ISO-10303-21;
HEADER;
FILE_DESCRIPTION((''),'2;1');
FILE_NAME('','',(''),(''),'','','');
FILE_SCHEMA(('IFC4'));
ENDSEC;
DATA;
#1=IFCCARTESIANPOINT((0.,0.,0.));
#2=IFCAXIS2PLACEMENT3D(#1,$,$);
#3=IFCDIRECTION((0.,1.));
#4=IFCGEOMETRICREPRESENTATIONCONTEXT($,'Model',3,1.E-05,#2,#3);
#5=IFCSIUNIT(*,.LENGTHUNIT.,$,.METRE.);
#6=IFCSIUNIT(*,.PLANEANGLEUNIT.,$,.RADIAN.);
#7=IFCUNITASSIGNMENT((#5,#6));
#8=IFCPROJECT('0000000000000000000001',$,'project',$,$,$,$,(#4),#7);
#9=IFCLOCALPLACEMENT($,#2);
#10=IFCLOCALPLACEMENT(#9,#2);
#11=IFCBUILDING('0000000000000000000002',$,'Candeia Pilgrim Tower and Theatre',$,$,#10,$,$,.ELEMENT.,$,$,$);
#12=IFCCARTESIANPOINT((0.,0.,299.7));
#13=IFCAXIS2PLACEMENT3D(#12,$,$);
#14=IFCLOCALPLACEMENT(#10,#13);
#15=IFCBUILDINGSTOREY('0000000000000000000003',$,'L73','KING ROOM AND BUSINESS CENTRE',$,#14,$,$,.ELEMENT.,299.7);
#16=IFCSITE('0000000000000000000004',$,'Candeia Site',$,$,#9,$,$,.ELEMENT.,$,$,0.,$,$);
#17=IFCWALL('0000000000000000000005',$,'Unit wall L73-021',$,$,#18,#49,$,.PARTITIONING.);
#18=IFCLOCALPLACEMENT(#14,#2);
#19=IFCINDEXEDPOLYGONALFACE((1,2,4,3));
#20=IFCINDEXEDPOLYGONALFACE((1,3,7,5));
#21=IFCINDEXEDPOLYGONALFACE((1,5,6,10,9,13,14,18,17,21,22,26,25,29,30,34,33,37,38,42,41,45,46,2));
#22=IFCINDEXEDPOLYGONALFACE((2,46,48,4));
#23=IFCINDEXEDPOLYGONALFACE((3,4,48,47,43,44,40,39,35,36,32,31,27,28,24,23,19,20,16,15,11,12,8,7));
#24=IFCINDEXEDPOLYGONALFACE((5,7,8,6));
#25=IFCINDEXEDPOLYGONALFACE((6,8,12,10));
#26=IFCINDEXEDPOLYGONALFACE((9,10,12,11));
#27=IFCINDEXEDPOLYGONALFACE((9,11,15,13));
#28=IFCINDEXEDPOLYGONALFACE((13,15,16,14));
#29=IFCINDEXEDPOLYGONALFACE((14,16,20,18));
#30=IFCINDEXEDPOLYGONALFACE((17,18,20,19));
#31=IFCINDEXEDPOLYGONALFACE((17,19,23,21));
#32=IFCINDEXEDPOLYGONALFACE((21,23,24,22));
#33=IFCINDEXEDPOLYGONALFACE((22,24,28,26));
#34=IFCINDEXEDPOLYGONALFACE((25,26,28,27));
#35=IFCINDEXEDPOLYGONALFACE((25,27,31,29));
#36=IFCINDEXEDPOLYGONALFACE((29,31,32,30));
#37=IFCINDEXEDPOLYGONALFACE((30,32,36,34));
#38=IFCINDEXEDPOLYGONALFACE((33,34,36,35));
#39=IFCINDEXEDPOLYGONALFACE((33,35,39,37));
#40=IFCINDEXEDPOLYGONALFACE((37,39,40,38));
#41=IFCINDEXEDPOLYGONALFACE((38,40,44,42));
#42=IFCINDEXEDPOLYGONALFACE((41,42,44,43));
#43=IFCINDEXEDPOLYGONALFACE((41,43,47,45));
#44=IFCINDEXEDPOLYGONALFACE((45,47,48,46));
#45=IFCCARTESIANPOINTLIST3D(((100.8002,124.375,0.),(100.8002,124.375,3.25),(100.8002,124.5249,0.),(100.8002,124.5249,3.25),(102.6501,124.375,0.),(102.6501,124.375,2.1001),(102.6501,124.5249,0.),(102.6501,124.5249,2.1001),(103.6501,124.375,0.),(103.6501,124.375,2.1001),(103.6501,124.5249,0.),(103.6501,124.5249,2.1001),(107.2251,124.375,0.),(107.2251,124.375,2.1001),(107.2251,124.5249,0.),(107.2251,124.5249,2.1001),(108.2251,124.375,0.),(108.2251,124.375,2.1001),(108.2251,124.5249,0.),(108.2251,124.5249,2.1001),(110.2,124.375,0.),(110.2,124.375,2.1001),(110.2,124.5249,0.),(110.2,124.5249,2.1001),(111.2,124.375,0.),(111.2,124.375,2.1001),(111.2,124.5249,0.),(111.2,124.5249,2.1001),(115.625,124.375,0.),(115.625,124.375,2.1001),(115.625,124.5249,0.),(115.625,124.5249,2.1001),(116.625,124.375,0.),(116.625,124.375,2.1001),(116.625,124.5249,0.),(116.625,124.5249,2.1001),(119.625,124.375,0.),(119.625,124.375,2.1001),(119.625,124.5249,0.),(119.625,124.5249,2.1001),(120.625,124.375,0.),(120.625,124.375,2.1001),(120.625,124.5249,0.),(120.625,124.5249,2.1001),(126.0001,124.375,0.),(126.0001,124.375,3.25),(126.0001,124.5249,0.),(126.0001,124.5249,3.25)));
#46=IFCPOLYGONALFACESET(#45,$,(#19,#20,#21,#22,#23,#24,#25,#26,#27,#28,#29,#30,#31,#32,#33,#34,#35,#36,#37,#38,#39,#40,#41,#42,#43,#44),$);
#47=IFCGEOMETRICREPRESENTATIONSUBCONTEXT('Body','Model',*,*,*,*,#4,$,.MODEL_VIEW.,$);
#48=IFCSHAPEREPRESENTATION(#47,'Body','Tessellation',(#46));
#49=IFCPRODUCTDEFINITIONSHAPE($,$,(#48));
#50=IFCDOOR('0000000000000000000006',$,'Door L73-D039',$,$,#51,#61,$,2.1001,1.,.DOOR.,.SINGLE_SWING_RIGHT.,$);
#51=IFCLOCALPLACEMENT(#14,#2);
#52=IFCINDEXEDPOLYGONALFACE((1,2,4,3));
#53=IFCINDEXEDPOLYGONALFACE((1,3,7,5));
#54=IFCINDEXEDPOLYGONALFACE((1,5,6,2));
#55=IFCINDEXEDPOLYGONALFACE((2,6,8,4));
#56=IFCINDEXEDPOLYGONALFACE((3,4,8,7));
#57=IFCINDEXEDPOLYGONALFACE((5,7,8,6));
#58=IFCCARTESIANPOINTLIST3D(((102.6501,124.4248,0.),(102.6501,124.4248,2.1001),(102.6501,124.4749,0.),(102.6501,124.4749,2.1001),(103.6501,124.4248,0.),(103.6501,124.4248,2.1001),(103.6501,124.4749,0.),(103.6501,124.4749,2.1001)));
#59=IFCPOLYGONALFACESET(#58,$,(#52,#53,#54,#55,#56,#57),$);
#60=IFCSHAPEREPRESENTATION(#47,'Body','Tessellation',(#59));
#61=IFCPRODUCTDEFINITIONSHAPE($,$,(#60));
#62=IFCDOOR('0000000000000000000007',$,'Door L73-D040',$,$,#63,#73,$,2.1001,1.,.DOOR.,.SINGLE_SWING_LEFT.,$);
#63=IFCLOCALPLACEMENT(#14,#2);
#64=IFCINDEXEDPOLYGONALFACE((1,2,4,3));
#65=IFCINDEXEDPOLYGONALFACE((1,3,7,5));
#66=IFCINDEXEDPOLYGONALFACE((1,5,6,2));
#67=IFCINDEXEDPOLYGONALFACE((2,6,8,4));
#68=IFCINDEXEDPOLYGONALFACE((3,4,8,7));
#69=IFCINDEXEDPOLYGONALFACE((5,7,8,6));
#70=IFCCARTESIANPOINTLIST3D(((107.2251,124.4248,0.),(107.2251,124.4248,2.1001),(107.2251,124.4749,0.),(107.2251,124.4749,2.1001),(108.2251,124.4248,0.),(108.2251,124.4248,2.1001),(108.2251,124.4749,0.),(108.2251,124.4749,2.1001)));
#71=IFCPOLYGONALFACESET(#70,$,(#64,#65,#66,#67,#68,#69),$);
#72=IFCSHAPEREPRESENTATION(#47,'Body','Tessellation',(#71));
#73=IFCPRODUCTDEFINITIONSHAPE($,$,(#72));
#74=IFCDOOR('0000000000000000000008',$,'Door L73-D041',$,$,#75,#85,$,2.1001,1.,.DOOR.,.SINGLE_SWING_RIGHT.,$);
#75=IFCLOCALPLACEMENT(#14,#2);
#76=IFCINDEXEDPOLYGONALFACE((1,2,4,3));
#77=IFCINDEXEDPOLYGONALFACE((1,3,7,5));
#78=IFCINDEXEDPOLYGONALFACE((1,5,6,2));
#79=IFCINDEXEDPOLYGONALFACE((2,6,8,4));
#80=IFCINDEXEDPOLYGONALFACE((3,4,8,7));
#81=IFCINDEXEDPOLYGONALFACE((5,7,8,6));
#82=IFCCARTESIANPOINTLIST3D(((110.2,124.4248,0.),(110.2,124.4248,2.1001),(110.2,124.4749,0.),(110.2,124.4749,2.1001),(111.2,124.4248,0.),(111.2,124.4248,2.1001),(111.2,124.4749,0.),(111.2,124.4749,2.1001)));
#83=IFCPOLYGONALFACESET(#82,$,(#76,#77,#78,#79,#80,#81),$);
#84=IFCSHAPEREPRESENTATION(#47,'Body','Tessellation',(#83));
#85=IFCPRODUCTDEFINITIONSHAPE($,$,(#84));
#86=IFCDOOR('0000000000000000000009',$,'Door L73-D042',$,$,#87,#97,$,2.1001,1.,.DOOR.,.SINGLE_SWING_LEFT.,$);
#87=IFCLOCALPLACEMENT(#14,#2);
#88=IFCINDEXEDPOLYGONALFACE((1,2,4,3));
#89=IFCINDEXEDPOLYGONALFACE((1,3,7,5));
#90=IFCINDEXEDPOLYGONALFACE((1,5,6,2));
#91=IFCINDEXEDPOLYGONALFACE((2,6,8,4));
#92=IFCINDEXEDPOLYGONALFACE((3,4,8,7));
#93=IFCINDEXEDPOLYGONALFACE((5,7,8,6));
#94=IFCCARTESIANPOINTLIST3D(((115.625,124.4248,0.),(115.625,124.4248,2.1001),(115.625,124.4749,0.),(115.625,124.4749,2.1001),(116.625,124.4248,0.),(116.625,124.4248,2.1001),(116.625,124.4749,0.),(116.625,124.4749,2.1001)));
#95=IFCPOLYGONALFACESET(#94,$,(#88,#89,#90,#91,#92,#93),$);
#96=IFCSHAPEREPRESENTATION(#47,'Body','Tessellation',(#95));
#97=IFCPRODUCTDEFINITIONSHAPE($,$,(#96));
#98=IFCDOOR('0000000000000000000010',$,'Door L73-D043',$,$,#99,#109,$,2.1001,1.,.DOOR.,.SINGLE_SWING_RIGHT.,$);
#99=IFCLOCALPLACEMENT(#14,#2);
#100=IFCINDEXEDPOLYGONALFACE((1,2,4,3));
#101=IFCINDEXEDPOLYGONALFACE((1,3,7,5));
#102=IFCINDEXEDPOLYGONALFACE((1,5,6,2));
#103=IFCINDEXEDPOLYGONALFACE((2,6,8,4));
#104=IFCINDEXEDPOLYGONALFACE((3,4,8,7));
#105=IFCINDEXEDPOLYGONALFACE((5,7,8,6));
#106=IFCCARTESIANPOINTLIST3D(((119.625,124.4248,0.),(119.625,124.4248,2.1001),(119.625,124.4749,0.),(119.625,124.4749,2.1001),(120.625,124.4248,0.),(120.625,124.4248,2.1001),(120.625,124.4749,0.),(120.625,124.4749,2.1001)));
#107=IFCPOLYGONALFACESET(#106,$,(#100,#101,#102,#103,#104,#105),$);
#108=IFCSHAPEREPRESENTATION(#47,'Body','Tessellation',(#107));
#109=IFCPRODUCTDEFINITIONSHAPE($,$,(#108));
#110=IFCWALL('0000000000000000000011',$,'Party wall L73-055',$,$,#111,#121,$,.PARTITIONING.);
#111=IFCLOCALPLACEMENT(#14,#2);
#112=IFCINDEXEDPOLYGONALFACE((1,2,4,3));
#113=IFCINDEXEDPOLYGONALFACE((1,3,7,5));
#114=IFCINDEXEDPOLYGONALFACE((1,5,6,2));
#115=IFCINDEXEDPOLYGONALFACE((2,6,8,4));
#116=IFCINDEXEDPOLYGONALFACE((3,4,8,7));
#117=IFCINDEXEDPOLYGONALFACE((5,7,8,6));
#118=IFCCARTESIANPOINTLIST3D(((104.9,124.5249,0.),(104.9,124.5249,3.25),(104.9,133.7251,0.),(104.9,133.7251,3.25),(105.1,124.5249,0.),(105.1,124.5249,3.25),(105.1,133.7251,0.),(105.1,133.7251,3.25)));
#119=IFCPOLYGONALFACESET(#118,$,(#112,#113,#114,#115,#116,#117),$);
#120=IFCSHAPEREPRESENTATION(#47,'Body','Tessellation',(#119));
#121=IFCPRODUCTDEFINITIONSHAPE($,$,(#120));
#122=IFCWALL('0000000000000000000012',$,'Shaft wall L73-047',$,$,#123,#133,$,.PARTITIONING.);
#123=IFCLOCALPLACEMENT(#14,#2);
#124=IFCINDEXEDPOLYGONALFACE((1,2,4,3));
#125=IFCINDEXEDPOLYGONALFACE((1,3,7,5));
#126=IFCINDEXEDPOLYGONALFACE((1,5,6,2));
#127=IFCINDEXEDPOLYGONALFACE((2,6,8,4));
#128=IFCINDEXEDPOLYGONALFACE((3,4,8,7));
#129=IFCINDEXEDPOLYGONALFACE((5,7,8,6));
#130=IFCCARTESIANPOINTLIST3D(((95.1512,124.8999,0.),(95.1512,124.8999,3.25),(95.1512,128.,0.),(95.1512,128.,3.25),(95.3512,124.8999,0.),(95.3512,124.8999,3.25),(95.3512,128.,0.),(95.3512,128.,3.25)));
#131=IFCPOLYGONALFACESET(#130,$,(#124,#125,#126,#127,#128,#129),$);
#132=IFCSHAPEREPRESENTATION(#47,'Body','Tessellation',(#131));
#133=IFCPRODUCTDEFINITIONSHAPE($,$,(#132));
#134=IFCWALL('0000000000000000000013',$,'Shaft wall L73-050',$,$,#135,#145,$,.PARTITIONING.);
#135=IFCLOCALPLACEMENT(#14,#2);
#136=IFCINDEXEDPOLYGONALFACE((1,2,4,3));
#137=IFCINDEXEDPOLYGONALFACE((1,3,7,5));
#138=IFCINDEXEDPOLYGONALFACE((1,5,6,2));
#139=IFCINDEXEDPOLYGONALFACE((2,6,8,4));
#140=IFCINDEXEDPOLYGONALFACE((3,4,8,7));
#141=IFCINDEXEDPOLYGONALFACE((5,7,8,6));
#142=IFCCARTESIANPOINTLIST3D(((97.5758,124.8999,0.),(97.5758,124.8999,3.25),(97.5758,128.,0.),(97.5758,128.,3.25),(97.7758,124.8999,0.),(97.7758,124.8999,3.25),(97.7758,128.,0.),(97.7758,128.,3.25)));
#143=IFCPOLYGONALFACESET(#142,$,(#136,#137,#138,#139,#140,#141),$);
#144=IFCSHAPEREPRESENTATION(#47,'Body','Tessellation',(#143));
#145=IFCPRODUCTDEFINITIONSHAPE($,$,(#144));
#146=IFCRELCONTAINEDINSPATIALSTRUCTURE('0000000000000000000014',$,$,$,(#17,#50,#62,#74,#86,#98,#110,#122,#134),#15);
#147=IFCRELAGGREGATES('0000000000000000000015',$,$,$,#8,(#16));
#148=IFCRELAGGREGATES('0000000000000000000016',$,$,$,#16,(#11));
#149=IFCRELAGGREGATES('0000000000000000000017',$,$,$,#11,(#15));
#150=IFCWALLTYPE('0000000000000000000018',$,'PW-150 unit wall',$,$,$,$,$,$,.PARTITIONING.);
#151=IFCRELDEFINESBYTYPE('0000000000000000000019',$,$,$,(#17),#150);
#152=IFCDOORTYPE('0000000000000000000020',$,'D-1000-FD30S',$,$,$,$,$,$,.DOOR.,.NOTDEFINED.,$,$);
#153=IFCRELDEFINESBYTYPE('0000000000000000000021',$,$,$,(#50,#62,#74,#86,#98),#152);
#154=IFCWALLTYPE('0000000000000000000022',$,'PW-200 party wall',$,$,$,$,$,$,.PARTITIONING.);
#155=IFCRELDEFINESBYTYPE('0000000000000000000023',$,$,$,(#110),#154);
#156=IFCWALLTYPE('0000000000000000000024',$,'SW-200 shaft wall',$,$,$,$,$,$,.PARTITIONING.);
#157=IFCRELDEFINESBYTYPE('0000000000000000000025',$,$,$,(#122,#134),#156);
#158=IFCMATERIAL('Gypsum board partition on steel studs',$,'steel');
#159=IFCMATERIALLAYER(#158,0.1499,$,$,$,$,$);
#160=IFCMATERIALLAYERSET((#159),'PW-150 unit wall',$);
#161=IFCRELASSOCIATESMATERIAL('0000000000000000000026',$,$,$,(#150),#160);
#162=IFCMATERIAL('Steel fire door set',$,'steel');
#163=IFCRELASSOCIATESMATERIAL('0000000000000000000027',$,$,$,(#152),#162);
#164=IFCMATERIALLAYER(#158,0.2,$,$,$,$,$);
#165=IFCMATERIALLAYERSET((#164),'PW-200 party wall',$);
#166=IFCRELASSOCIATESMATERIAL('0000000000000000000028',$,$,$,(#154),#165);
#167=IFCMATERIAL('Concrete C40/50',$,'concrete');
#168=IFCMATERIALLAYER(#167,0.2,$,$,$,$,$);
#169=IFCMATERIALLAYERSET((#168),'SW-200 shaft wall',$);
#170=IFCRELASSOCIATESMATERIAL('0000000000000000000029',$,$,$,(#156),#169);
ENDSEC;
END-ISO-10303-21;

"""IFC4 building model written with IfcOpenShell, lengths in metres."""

from ifc_helpers import new_model, si_unit, direction, frame, frame_2d, origin, place, context, subcontext, project, spatial, rectangle, extrude, material, layer, layer_set, type_object, element, fill, save


model = new_model("IFC4")

# Units and contexts
model_context = context("Model", 3, precision=1e-05, world=origin(), true_north=direction((0.0, 1.0)))
body_context = subcontext(model_context, "Body", "Model", "MODEL_VIEW")
ifc_project = project(units=[si_unit("LENGTHUNIT", "METRE"), si_unit("PLANEANGLEUNIT", "RADIAN")], contexts=[model_context])

# Site, building, storey
site_placement = place(None, origin())
site = spatial("IfcSite", under=ifc_project, at=site_placement, Name="Candeia Site", CompositionType="ELEMENT", RefElevation=0.0)
building_placement = place(site_placement, origin())
building = spatial("IfcBuilding", under=site, at=building_placement, Name="Candeia Pilgrim Tower and Theatre", CompositionType="ELEMENT")
storey_placement = place(building_placement, frame((0.0, 0.0, 299.7)))
storey = spatial("IfcBuildingStorey", under=building, at=storey_placement, Name="L73", Description="KING ROOM AND BUSINESS CENTRE", CompositionType="ELEMENT", Elevation=299.7)

# Shared definitions
ifc_material_1 = material(Name="Gypsum board partition on steel studs", Category="steel")

# Wall, openings, doors
ifc_layer_1 = layer(ifc_material_1, 0.1499)
ifc_layer_set_1 = layer_set([ifc_layer_1], Name="PW-150 unit wall")
wall_type_1 = type_object("IfcWallType", Name="PW-150 unit wall", PredefinedType="PARTITIONING", material=ifc_layer_set_1)
ifc_material_2 = material(Name="Steel fire door set", Category="steel")
door_type_1 = type_object("IfcDoorType", Name="D-1000-FD30S", OperationType="NOTDEFINED", PredefinedType="DOOR", material=ifc_material_2)
wall_1_placement = place(storey_placement, frame((100.8, 124.45, 0.0), z_axis=(0.0, 0.0, 1.0), x_axis=(1.0, 0.0, 0.0)))
wall_1 = element("IfcWall", 1, at=wall_1_placement, inside=storey, type_object=wall_type_1, Name="Unit wall L73-021", PredefinedType="PARTITIONING", context=body_context, shape_type="SweptSolid", body=[
    extrude(rectangle(XDim=25.2, YDim=0.1499, at=frame_2d((12.6001, 0.0))), origin(), (0.0, 0.0, 1.0), 3.25),
])
opening_1_placement = place(wall_1_placement, frame((1.8501, 0.0, 0.0)))
opening_1 = element("IfcOpeningElement", 2, at=opening_1_placement, cuts=wall_1, PredefinedType="OPENING", context=body_context, shape_type="SweptSolid", body=[
    extrude(rectangle(XDim=1.0, YDim=2.1001, at=frame_2d((0.5, 1.05))), frame((0.0, 0.085, 0.0), z_axis=(0.0, -1.0, 0.0), x_axis=(1.0, 0.0, 0.0)), (0.0, 0.0, 1.0), 0.1699),
])
opening_2_placement = place(wall_1_placement, frame((6.425, 0.0, 0.0)))
opening_2 = element("IfcOpeningElement", 3, at=opening_2_placement, cuts=wall_1, PredefinedType="OPENING", context=body_context, shape_type="SweptSolid", body=[
    extrude(rectangle(XDim=1.0, YDim=2.1001, at=frame_2d((0.5, 1.05))), frame((0.0, 0.085, 0.0), z_axis=(0.0, -1.0, 0.0), x_axis=(1.0, 0.0, 0.0)), (0.0, 0.0, 1.0), 0.1699),
])
opening_3_placement = place(wall_1_placement, frame((9.3999, 0.0, 0.0)))
opening_3 = element("IfcOpeningElement", 4, at=opening_3_placement, cuts=wall_1, PredefinedType="OPENING", context=body_context, shape_type="SweptSolid", body=[
    extrude(rectangle(XDim=1.0, YDim=2.1001, at=frame_2d((0.5, 1.05))), frame((0.0, 0.085, 0.0), z_axis=(0.0, -1.0, 0.0), x_axis=(1.0, 0.0, 0.0)), (0.0, 0.0, 1.0), 0.1699),
])
opening_4_placement = place(wall_1_placement, frame((14.825, 0.0, 0.0)))
opening_4 = element("IfcOpeningElement", 5, at=opening_4_placement, cuts=wall_1, PredefinedType="OPENING", context=body_context, shape_type="SweptSolid", body=[
    extrude(rectangle(XDim=1.0, YDim=2.1001, at=frame_2d((0.5, 1.05))), frame((0.0, 0.085, 0.0), z_axis=(0.0, -1.0, 0.0), x_axis=(1.0, 0.0, 0.0)), (0.0, 0.0, 1.0), 0.1699),
])
opening_5_placement = place(wall_1_placement, frame((18.825, 0.0, 0.0)))
opening_5 = element("IfcOpeningElement", 6, at=opening_5_placement, cuts=wall_1, PredefinedType="OPENING", context=body_context, shape_type="SweptSolid", body=[
    extrude(rectangle(XDim=1.0, YDim=2.1001, at=frame_2d((0.5, 1.05))), frame((0.0, 0.085, 0.0), z_axis=(0.0, -1.0, 0.0), x_axis=(1.0, 0.0, 0.0)), (0.0, 0.0, 1.0), 0.1699),
])
door_1_placement = place(opening_1_placement, origin())
door_1 = element("IfcDoor", 7, at=door_1_placement, inside=storey, type_object=door_type_1, Name="Door L73-D039", OperationType="SINGLE_SWING_RIGHT", OverallHeight=2.1001, OverallWidth=1.0, PredefinedType="DOOR", context=body_context, shape_type="SweptSolid", body=[
    extrude(rectangle(XDim=1.0, YDim=2.1001, at=frame_2d((0.5, 1.05))), frame((0.0, 0.0249, 0.0), z_axis=(0.0, -1.0, 0.0), x_axis=(1.0, 0.0, 0.0)), (0.0, 0.0, 1.0), 0.05),
])
fill(opening_1, door_1)
door_2_placement = place(opening_2_placement, origin())
door_2 = element("IfcDoor", 8, at=door_2_placement, inside=storey, type_object=door_type_1, Name="Door L73-D040", OperationType="SINGLE_SWING_LEFT", OverallHeight=2.1001, OverallWidth=1.0, PredefinedType="DOOR", context=body_context, shape_type="SweptSolid", body=[
    extrude(rectangle(XDim=1.0, YDim=2.1001, at=frame_2d((0.5, 1.05))), frame((0.0, 0.0249, 0.0), z_axis=(0.0, -1.0, 0.0), x_axis=(1.0, 0.0, 0.0)), (0.0, 0.0, 1.0), 0.05),
])
fill(opening_2, door_2)
door_3_placement = place(opening_3_placement, origin())
door_3 = element("IfcDoor", 9, at=door_3_placement, inside=storey, type_object=door_type_1, Name="Door L73-D041", OperationType="SINGLE_SWING_RIGHT", OverallHeight=2.1001, OverallWidth=1.0, PredefinedType="DOOR", context=body_context, shape_type="SweptSolid", body=[
    extrude(rectangle(XDim=1.0, YDim=2.1001, at=frame_2d((0.5, 1.05))), frame((0.0, 0.0249, 0.0), z_axis=(0.0, -1.0, 0.0), x_axis=(1.0, 0.0, 0.0)), (0.0, 0.0, 1.0), 0.05),
])
fill(opening_3, door_3)
door_4_placement = place(opening_4_placement, origin())
door_4 = element("IfcDoor", 10, at=door_4_placement, inside=storey, type_object=door_type_1, Name="Door L73-D042", OperationType="SINGLE_SWING_LEFT", OverallHeight=2.1001, OverallWidth=1.0, PredefinedType="DOOR", context=body_context, shape_type="SweptSolid", body=[
    extrude(rectangle(XDim=1.0, YDim=2.1001, at=frame_2d((0.5, 1.05))), frame((0.0, 0.0249, 0.0), z_axis=(0.0, -1.0, 0.0), x_axis=(1.0, 0.0, 0.0)), (0.0, 0.0, 1.0), 0.05),
])
fill(opening_4, door_4)
door_5_placement = place(opening_5_placement, origin())
door_5 = element("IfcDoor", 11, at=door_5_placement, inside=storey, type_object=door_type_1, Name="Door L73-D043", OperationType="SINGLE_SWING_RIGHT", OverallHeight=2.1001, OverallWidth=1.0, PredefinedType="DOOR", context=body_context, shape_type="SweptSolid", body=[
    extrude(rectangle(XDim=1.0, YDim=2.1001, at=frame_2d((0.5, 1.05))), frame((0.0, 0.0249, 0.0), z_axis=(0.0, -1.0, 0.0), x_axis=(1.0, 0.0, 0.0)), (0.0, 0.0, 1.0), 0.05),
])
fill(opening_5, door_5)

# Walls
ifc_layer_2 = layer(ifc_material_1, 0.2)
ifc_layer_set_2 = layer_set([ifc_layer_2], Name="PW-200 party wall")
wall_type_2 = type_object("IfcWallType", Name="PW-200 party wall", PredefinedType="PARTITIONING", material=ifc_layer_set_2)
wall_2_placement = place(storey_placement, frame((105.0, 124.5249, 0.0), z_axis=(0.0, 0.0, 1.0), x_axis=(0.0, 1.0, 0.0)))
element("IfcWall", 12, at=wall_2_placement, inside=storey, type_object=wall_type_2, Name="Party wall L73-055", PredefinedType="PARTITIONING", context=body_context, shape_type="SweptSolid", body=[
    extrude(rectangle(XDim=9.2002, YDim=0.2, at=frame_2d((4.6001, 0.0))), origin(), (0.0, 0.0, 1.0), 3.25),
])
ifc_material_3 = material(Name="Concrete C40/50", Category="concrete")
ifc_layer_3 = layer(ifc_material_3, 0.2)
ifc_layer_set_3 = layer_set([ifc_layer_3], Name="SW-200 shaft wall")
wall_type_3 = type_object("IfcWallType", Name="SW-200 shaft wall", PredefinedType="PARTITIONING", material=ifc_layer_set_3)
for number, where, z_axis, x_axis, name in (
    (13, (95.2512, 124.8999, 0.0), (0.0, 0.0, 1.0), (0.0, 1.0, 0.0), "Shaft wall L73-047"),
    (14, (97.6758, 124.8999, 0.0), (0.0, 0.0, 1.0), (0.0, 1.0, 0.0), "Shaft wall L73-050"),
):
    element("IfcWall", number, at=place(storey_placement, frame(where, z_axis=z_axis, x_axis=x_axis)), inside=storey, type_object=wall_type_3, Name=name, PredefinedType="PARTITIONING", context=body_context, shape_type="SweptSolid", body=[
        extrude(rectangle(XDim=3.1001, YDim=0.2, at=frame_2d((1.55, 0.0))), origin(), (0.0, 0.0, 1.0), 3.25),
    ])

save(model, "model.ifc")
